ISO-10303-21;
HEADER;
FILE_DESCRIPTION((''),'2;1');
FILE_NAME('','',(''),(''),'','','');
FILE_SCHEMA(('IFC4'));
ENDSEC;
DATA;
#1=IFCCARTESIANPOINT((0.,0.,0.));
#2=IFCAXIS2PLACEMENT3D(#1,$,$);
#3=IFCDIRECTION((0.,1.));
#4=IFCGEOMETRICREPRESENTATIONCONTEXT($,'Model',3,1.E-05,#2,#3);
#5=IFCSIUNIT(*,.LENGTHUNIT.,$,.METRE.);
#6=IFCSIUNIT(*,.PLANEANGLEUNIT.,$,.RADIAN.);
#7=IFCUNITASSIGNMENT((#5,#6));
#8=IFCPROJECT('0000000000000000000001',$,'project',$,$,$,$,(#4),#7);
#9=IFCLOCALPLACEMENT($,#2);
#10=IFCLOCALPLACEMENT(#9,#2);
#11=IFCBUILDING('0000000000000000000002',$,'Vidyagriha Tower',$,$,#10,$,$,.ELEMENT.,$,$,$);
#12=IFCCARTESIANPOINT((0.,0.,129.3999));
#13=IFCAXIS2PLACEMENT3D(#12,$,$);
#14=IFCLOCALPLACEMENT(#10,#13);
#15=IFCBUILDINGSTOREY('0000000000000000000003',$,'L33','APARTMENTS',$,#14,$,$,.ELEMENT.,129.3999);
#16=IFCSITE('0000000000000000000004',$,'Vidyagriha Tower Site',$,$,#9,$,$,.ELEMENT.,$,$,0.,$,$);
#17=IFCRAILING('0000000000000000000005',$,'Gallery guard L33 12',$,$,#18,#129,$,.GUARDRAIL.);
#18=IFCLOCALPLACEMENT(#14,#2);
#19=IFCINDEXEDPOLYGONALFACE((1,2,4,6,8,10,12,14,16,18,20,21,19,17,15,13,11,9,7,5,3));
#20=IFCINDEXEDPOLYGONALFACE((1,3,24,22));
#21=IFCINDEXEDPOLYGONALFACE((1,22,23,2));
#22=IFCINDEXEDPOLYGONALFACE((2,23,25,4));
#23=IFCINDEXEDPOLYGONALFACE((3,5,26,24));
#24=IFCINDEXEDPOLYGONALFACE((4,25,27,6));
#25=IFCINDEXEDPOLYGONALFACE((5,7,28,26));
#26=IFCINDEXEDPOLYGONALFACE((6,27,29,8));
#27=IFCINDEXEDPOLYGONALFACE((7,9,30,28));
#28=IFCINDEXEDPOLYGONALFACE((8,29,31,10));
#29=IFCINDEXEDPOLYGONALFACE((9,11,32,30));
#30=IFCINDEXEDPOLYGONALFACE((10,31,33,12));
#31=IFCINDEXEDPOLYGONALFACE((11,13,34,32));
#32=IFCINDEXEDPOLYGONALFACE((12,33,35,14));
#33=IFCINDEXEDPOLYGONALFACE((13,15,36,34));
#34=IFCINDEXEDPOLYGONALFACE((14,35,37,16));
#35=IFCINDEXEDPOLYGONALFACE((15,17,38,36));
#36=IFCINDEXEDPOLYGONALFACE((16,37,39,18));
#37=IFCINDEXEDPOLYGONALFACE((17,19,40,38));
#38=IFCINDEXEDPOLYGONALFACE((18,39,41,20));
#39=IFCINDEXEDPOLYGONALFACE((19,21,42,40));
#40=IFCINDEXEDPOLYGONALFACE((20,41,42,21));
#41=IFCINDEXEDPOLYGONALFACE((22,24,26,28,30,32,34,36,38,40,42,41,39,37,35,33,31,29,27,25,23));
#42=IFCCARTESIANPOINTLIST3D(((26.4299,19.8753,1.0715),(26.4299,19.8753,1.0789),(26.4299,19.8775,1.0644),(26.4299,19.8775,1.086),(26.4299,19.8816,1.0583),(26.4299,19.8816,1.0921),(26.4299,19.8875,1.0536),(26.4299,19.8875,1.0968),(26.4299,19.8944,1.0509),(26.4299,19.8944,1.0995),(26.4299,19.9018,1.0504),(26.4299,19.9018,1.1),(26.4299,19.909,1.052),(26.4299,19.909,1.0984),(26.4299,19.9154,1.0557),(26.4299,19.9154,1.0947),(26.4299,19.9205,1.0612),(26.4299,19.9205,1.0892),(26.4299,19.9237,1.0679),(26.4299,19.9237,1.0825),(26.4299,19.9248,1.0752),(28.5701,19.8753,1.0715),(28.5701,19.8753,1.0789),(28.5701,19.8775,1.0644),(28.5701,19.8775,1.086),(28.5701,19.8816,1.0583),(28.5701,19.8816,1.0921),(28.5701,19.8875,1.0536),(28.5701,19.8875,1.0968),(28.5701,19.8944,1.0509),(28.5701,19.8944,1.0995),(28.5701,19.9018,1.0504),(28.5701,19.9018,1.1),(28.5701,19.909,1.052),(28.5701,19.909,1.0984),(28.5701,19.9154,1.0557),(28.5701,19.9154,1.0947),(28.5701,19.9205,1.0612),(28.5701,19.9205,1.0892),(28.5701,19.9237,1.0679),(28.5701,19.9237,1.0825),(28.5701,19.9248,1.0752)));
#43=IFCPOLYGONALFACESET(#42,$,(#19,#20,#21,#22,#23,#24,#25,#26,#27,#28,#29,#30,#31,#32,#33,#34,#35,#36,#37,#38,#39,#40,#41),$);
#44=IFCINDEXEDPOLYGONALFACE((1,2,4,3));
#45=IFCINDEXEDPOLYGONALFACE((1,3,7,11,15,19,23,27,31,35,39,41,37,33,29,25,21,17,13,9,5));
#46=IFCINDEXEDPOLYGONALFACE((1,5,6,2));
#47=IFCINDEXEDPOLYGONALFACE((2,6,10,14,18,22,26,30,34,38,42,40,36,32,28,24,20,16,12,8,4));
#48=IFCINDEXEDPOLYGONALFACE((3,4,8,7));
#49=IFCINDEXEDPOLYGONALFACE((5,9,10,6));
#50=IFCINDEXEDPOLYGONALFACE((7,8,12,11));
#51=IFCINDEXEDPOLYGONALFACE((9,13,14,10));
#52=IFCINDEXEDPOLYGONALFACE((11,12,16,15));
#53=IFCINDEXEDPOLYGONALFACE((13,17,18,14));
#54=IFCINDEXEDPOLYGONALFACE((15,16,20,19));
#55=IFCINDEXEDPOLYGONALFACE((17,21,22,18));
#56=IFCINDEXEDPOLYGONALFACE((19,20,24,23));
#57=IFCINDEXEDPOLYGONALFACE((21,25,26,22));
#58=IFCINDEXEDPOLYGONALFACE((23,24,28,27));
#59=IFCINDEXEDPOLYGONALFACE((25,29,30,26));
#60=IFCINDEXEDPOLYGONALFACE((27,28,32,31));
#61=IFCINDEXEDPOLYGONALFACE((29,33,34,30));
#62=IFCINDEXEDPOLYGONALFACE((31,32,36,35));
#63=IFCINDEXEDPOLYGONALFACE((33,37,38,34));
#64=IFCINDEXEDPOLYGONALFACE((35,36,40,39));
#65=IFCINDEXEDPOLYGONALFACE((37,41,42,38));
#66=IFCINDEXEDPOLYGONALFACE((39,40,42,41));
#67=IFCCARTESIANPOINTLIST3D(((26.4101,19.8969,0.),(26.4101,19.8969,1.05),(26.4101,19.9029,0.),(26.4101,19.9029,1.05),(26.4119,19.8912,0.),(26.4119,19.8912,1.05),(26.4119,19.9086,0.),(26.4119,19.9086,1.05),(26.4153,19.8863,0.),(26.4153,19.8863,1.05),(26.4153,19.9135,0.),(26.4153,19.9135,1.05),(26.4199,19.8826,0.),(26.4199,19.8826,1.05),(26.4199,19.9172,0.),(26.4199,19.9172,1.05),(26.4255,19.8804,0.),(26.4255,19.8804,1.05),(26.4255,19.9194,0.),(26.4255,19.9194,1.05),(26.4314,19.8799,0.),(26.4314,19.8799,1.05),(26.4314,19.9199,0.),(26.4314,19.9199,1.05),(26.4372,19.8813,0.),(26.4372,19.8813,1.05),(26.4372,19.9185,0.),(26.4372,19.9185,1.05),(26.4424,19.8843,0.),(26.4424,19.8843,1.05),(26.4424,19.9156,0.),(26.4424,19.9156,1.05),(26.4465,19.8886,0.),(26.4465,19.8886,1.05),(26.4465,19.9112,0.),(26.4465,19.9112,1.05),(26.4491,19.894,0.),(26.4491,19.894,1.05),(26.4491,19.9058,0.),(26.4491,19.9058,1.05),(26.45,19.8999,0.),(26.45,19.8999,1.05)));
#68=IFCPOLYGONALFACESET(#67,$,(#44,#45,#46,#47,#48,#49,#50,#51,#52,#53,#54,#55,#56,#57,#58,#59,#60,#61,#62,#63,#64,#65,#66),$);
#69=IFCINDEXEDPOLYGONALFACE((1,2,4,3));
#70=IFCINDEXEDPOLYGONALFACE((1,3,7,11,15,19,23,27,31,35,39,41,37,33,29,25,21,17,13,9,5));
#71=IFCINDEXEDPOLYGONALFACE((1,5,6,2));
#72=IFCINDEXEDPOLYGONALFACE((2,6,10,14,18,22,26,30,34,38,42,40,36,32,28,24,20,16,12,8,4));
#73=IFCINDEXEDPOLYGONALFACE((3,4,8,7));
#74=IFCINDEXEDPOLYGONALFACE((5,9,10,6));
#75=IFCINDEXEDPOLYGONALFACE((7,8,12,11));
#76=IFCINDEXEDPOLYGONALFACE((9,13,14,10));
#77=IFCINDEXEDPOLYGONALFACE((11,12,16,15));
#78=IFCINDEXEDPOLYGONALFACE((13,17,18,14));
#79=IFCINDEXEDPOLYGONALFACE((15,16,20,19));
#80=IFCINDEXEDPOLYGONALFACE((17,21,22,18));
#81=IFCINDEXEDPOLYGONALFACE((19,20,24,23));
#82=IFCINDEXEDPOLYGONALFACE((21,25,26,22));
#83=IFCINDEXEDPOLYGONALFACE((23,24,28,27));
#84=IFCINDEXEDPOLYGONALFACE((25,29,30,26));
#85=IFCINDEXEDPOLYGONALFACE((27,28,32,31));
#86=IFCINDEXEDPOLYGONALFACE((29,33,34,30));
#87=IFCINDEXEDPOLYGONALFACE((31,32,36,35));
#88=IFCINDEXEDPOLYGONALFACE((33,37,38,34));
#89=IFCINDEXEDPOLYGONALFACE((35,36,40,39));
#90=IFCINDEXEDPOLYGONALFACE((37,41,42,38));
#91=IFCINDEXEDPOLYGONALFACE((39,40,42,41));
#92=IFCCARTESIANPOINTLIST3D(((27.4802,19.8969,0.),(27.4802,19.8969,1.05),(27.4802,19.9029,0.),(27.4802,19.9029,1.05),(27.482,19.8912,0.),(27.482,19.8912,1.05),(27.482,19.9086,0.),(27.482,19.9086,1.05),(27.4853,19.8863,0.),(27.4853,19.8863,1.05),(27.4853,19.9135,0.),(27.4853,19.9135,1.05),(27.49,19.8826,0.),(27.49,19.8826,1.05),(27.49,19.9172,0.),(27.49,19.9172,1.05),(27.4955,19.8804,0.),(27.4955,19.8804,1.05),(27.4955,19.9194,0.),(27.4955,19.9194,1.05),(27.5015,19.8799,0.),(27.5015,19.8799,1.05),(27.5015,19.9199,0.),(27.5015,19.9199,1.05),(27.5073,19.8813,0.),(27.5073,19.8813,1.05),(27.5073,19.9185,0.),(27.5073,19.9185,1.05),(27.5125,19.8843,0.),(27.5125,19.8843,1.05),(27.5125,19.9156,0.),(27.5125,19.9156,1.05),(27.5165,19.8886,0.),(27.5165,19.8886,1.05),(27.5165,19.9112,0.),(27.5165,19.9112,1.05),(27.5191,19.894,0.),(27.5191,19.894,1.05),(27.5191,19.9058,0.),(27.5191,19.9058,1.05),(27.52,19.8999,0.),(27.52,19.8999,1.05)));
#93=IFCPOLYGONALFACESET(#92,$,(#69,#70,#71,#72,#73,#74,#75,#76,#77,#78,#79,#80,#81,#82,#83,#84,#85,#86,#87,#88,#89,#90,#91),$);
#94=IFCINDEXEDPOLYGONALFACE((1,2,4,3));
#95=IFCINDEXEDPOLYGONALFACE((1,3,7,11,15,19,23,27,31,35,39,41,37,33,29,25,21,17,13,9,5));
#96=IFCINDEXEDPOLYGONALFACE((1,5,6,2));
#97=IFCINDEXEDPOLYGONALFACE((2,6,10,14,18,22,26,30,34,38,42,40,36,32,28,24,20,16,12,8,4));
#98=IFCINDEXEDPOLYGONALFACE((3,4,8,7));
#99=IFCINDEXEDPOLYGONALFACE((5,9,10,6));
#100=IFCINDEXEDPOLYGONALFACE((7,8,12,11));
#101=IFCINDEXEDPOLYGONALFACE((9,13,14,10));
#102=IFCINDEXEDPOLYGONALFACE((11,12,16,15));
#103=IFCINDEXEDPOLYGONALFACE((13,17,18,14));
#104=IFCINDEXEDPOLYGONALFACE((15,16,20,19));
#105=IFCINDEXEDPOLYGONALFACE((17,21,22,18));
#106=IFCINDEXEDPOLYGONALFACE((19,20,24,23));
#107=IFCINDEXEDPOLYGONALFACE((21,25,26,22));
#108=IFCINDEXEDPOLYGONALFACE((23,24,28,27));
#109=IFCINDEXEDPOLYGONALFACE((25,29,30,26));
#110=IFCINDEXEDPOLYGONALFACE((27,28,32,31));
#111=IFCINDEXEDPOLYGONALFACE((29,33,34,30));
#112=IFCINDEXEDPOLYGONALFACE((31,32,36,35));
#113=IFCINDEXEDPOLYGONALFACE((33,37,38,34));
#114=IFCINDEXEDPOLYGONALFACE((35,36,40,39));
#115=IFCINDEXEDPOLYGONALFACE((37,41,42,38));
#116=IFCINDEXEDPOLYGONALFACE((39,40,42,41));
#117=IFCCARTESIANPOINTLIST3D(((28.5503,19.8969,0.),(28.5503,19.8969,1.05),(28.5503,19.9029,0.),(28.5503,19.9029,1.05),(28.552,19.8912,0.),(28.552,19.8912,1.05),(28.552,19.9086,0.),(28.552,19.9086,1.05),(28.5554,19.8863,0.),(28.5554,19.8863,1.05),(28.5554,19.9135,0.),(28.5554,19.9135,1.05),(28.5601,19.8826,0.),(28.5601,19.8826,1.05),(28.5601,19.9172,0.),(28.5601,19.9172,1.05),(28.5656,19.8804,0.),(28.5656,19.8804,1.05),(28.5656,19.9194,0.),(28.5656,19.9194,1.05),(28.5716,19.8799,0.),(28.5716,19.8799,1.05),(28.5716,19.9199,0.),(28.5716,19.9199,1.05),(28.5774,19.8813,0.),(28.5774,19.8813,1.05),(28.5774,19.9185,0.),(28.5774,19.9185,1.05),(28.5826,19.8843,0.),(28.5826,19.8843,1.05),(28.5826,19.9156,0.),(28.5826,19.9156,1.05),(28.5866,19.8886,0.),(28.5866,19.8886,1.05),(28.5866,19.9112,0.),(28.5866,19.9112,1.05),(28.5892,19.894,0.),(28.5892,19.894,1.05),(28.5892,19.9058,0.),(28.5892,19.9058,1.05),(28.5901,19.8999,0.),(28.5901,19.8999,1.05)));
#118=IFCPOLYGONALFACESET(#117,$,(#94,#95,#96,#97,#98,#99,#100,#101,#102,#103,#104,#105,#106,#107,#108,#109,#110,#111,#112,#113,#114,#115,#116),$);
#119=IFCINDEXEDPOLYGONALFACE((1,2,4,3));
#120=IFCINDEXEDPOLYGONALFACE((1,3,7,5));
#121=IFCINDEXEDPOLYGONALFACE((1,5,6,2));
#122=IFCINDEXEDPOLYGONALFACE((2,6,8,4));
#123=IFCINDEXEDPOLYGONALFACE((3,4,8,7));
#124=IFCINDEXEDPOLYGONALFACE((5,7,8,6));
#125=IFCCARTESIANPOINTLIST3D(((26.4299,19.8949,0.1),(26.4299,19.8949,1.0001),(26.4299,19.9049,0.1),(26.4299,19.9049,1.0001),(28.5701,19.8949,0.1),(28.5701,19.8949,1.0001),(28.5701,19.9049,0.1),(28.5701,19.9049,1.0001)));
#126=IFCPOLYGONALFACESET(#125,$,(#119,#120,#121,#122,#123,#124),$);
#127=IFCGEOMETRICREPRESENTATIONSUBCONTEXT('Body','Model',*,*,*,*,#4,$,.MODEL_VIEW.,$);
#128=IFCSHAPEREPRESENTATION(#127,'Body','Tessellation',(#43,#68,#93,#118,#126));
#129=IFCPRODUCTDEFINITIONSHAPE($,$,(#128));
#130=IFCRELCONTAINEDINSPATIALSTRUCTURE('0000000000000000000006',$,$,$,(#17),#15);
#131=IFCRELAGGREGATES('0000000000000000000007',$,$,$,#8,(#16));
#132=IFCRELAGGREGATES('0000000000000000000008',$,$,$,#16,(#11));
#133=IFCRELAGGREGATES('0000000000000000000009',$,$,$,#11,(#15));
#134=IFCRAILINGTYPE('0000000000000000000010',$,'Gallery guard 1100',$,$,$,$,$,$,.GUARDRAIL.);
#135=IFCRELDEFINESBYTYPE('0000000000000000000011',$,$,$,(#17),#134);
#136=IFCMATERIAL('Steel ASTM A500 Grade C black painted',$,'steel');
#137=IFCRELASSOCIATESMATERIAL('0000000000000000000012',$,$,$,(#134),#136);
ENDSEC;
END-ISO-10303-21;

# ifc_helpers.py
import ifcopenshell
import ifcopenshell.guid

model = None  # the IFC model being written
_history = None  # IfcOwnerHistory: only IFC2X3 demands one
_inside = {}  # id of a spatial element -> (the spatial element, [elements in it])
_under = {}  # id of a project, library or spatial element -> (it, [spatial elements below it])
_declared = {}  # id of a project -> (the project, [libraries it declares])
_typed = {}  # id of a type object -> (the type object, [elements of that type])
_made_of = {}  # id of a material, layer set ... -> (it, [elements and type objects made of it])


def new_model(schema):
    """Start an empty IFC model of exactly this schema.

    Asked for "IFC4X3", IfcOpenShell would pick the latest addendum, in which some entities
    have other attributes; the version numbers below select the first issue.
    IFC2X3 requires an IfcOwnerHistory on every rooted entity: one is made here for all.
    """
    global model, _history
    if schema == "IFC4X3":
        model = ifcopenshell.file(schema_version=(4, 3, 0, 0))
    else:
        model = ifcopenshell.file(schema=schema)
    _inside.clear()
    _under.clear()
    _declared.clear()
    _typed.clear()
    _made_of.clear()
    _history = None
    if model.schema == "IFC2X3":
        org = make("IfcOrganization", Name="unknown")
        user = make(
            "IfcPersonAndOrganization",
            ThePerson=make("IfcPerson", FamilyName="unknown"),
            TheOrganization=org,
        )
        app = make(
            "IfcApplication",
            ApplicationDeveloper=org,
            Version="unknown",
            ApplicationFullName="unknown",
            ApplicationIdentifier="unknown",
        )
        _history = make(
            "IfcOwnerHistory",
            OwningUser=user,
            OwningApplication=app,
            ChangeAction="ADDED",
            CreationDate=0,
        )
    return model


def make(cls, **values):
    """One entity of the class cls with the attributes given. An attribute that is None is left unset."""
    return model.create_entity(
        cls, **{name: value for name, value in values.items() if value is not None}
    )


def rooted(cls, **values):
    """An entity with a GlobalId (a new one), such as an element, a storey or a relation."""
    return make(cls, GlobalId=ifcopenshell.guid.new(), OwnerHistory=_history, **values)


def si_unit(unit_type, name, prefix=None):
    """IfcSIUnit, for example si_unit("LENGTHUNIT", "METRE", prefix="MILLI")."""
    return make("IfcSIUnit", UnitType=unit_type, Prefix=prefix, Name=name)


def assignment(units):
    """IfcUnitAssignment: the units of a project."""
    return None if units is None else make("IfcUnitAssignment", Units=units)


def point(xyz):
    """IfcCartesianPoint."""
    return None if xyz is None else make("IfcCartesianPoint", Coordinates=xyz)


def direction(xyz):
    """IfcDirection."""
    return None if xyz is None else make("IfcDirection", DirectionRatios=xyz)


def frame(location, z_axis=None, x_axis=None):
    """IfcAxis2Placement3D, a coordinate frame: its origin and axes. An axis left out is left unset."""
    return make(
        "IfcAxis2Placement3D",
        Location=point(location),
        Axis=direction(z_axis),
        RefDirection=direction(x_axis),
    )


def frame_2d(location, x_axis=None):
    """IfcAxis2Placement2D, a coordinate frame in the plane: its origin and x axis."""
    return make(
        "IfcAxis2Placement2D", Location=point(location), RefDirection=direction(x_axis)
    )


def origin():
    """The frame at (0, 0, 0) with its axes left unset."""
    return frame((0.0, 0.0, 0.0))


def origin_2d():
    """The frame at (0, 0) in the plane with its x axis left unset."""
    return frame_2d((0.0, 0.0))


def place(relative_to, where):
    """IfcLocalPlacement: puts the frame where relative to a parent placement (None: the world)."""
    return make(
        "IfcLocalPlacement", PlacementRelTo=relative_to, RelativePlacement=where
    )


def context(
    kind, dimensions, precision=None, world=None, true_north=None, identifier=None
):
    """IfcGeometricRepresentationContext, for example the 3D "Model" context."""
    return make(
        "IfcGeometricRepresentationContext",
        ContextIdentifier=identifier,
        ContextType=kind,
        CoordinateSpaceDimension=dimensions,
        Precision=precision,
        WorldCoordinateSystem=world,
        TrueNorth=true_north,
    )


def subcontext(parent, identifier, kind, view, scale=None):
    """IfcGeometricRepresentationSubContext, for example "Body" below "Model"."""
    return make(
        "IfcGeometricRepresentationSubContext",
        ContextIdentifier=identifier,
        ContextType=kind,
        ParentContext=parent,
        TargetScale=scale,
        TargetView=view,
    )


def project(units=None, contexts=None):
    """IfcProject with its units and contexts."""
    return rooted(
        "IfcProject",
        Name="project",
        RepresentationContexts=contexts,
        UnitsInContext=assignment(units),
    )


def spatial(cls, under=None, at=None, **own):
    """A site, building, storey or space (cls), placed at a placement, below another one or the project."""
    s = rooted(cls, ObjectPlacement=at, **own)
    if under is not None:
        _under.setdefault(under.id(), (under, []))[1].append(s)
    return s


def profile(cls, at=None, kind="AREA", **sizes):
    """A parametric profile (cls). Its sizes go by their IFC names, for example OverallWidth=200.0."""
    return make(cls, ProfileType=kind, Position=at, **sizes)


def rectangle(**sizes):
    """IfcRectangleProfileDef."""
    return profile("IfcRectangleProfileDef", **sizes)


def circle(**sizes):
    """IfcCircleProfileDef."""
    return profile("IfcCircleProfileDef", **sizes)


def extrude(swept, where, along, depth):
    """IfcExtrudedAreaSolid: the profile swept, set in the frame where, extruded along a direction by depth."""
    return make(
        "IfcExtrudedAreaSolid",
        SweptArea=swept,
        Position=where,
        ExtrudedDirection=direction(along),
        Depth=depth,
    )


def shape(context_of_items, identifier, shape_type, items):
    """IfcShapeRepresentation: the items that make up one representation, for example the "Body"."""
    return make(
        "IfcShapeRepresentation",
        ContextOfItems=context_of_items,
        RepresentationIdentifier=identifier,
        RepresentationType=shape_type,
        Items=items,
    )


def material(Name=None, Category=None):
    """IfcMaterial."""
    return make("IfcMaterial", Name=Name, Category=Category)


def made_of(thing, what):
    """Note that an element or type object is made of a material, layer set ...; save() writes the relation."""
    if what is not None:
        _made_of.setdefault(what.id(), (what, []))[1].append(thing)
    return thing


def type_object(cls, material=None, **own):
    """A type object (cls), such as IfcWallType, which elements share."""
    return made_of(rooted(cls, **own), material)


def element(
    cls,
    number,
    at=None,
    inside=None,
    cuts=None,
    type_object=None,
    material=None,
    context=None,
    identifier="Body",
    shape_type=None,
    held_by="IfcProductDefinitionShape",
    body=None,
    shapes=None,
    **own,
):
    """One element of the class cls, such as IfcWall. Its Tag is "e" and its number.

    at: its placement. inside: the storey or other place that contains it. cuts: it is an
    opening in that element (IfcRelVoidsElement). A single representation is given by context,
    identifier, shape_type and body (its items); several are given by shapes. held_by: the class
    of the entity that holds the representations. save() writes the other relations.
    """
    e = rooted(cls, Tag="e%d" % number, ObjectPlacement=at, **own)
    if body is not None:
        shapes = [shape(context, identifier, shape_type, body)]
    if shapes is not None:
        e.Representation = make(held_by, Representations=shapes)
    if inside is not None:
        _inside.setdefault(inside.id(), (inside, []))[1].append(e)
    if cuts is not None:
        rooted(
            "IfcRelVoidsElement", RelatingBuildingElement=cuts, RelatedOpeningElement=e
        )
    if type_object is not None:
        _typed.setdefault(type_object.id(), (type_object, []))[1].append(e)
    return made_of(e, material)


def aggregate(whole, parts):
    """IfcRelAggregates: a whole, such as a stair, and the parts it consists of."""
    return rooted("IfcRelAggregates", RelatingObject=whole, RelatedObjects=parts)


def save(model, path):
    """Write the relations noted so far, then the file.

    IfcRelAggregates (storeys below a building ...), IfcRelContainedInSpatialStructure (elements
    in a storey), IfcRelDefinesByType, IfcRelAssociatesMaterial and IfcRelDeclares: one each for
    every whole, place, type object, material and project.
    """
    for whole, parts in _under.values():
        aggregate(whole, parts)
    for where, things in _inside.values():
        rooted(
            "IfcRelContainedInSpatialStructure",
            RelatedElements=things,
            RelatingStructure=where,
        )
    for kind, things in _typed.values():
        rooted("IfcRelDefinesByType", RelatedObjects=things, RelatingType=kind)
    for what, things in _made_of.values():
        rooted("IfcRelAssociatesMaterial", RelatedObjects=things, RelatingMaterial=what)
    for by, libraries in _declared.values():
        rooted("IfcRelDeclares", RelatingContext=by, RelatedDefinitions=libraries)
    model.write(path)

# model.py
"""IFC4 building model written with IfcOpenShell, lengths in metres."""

from ifc_helpers import new_model, si_unit, direction, frame, origin, origin_2d, place, context, subcontext, project, spatial, rectangle, circle, extrude, material, type_object, element, save


model = new_model("IFC4")

# Units and contexts
model_context = context("Model", 3, precision=1e-05, world=origin(), true_north=direction((0.0, 1.0)))
body_context = subcontext(model_context, "Body", "Model", "MODEL_VIEW")
ifc_project = project(units=[si_unit("LENGTHUNIT", "METRE"), si_unit("PLANEANGLEUNIT", "RADIAN")], contexts=[model_context])

# Site, building, storey
site_placement = place(None, origin())
site = spatial("IfcSite", under=ifc_project, at=site_placement, Name="Vidyagriha Tower Site", CompositionType="ELEMENT", RefElevation=0.0)
building_placement = place(site_placement, origin())
building = spatial("IfcBuilding", under=site, at=building_placement, Name="Vidyagriha Tower", CompositionType="ELEMENT")
storey_placement = place(building_placement, frame((0.0, 0.0, 129.3999)))
storey = spatial("IfcBuildingStorey", under=building, at=storey_placement, Name="L33", Description="APARTMENTS", CompositionType="ELEMENT", Elevation=129.3999)

# Railing
ifc_material_1 = material(Name="Steel ASTM A500 Grade C black painted", Category="steel")
railing_type = type_object("IfcRailingType", Name="Gallery guard 1100", PredefinedType="GUARDRAIL", material=ifc_material_1)
railing_1_placement = place(storey_placement, frame((26.4299, 19.8999, 0.0)))
element("IfcRailing", 1, at=railing_1_placement, inside=storey, type_object=railing_type, Name="Gallery guard L33 12", PredefinedType="GUARDRAIL", context=body_context, shape_type="SweptSolid", body=[
    extrude(circle(Radius=0.0249, at=origin_2d()), frame((0.0, 0.0, 1.0752), z_axis=(1.0, 0.0, 0.0), x_axis=(0.0, 1.0, 0.0)), (0.0, 0.0, 1.0), 2.1401),
    extrude(circle(Radius=0.02, at=origin_2d()), origin(), (0.0, 0.0, 1.0), 1.05),
    extrude(circle(Radius=0.02, at=origin_2d()), frame((1.0701, 0.0, 0.0)), (0.0, 0.0, 1.0), 1.05),
    extrude(circle(Radius=0.02, at=origin_2d()), frame((2.1401, 0.0, 0.0)), (0.0, 0.0, 1.0), 1.05),
    extrude(rectangle(XDim=0.01, YDim=0.9001, at=origin_2d()), frame((0.0, 0.0, 0.55), z_axis=(1.0, 0.0, 0.0), x_axis=(0.0, 1.0, 0.0)), (0.0, 0.0, 1.0), 2.1401),
])

save(model, "model.ifc")
